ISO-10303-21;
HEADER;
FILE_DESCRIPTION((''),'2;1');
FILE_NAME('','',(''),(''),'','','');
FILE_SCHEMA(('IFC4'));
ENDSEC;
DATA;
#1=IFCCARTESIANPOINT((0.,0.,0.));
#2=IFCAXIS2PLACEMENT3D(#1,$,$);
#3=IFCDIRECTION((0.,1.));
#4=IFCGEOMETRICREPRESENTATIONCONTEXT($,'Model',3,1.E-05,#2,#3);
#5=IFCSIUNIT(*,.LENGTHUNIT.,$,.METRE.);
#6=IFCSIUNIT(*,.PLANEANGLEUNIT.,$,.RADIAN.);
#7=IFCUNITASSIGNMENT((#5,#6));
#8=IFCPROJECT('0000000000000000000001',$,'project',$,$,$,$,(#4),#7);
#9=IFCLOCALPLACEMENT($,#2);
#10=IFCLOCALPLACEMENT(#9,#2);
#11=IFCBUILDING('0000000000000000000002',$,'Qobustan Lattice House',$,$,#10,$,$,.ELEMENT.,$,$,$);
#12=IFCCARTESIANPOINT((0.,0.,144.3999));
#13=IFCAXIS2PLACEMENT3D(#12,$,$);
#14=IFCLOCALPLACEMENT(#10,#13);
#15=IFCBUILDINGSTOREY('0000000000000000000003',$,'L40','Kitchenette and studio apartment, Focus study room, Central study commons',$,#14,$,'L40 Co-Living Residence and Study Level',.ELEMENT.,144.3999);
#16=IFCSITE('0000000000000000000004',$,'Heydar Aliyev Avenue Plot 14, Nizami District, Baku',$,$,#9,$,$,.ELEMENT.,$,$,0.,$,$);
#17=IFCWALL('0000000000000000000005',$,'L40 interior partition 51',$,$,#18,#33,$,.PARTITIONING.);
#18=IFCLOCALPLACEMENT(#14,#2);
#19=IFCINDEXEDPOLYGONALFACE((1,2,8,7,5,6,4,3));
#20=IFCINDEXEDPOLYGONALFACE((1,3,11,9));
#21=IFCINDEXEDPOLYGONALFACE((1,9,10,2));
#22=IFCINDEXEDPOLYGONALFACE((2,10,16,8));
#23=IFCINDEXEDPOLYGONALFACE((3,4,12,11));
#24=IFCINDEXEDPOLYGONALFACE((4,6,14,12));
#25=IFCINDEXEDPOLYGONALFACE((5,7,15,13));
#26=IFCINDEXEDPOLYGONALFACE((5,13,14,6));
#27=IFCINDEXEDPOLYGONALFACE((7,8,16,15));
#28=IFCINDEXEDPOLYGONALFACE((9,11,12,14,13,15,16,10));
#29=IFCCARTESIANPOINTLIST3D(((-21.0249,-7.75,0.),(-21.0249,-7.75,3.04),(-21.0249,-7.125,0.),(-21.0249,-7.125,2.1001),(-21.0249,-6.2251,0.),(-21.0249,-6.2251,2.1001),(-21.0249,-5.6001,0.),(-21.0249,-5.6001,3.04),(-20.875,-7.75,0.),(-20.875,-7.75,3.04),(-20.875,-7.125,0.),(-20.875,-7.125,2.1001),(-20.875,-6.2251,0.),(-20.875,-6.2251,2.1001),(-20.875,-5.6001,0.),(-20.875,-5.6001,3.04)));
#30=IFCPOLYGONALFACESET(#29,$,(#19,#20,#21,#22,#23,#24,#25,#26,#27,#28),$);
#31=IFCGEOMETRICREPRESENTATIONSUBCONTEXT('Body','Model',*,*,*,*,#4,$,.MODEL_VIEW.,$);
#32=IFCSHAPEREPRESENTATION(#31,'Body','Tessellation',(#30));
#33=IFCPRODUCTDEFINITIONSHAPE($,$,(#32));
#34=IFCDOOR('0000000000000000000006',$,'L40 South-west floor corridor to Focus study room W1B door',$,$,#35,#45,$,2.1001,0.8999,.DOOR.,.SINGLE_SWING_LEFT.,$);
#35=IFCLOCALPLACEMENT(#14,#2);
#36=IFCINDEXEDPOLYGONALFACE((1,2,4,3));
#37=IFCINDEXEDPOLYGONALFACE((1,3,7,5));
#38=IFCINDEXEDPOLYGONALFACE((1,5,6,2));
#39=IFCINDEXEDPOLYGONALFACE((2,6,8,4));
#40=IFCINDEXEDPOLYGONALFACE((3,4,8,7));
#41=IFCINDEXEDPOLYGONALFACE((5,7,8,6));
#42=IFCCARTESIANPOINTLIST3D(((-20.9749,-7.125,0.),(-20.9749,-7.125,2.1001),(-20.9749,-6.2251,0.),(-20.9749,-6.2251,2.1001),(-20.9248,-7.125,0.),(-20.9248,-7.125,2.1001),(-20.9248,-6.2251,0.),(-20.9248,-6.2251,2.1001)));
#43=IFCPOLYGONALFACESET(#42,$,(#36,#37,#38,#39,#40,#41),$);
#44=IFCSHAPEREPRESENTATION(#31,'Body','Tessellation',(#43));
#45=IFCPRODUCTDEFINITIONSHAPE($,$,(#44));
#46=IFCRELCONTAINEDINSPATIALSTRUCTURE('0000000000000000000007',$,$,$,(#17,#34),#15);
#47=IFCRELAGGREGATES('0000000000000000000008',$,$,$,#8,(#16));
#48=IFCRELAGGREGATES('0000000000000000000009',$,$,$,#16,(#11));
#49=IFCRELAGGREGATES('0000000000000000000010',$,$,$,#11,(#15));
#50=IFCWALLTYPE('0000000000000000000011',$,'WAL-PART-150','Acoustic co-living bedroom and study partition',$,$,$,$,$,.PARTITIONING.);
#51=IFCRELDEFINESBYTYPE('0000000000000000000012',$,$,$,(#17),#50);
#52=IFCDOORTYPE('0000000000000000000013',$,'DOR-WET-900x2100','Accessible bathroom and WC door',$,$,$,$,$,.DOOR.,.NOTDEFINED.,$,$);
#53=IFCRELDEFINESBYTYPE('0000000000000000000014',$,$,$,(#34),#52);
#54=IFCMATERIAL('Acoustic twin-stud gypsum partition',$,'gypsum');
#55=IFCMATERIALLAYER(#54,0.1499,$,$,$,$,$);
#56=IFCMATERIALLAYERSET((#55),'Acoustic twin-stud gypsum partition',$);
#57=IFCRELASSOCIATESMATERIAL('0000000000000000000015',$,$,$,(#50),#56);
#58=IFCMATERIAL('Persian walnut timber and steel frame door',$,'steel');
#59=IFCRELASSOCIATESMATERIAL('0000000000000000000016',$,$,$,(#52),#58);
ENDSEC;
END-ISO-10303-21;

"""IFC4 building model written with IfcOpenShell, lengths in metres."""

from ifc_helpers import new_model, si_unit, direction, frame, frame_2d, origin, place, context, subcontext, project, spatial, rectangle, extrude, material, layer, layer_set, type_object, element, fill, save


model = new_model("IFC4")

# Units and contexts
model_context = context("Model", 3, precision=1e-05, world=origin(), true_north=direction((0.0, 1.0)))
body_context = subcontext(model_context, "Body", "Model", "MODEL_VIEW")
ifc_project = project(units=[si_unit("LENGTHUNIT", "METRE"), si_unit("PLANEANGLEUNIT", "RADIAN")], contexts=[model_context])

# Site, building, storey
site_placement = place(None, origin())
site = spatial("IfcSite", under=ifc_project, at=site_placement, Name="Heydar Aliyev Avenue Plot 14, Nizami District, Baku", CompositionType="ELEMENT", RefElevation=0.0)
building_placement = place(site_placement, origin())
building = spatial("IfcBuilding", under=site, at=building_placement, Name="Qobustan Lattice House", CompositionType="ELEMENT")
storey_placement = place(building_placement, frame((0.0, 0.0, 144.3999)))
storey = spatial("IfcBuildingStorey", under=building, at=storey_placement, Name="L40", Description="Kitchenette and studio apartment, Focus study room, Central study commons", LongName="L40 Co-Living Residence and Study Level", CompositionType="ELEMENT", Elevation=144.3999)

# Wall, opening, door
ifc_material_1 = material(Name="Acoustic twin-stud gypsum partition", Category="gypsum")
ifc_layer_1 = layer(ifc_material_1, 0.1499)
ifc_layer_set_1 = layer_set([ifc_layer_1], Name="Acoustic twin-stud gypsum partition")
wall_type_1 = type_object("IfcWallType", Name="WAL-PART-150", Description="Acoustic co-living bedroom and study partition", PredefinedType="PARTITIONING", material=ifc_layer_set_1)
wall_1_placement = place(storey_placement, frame((-20.95, -7.75, 0.0), z_axis=(0.0, 0.0, 1.0), x_axis=(0.0, 1.0, 0.0)))
wall_1 = element("IfcWall", 1, at=wall_1_placement, inside=storey, type_object=wall_type_1, Name="L40 interior partition 51", PredefinedType="PARTITIONING", context=body_context, shape_type="SweptSolid", body=[
    extrude(rectangle(XDim=2.1499, YDim=0.1499, at=frame_2d((1.075, 0.0))), origin(), (0.0, 0.0, 1.0), 3.04),
])
opening_1_placement = place(wall_1_placement, frame((0.625, 0.0, 0.0)))
opening_1 = element("IfcOpeningElement", 2, at=opening_1_placement, cuts=wall_1, PredefinedType="OPENING", context=body_context, shape_type="SweptSolid", body=[
    extrude(rectangle(XDim=0.8999, YDim=2.1001, at=frame_2d((0.45, 1.05))), frame((0.0, 0.085, 0.0), z_axis=(0.0, -1.0, 0.0), x_axis=(1.0, 0.0, 0.0)), (0.0, 0.0, 1.0), 0.1699),
])
ifc_material_2 = material(Name="Persian walnut timber and steel frame door", Category="steel")
door_type = type_object("IfcDoorType", Name="DOR-WET-900x2100", Description="Accessible bathroom and WC door", OperationType="NOTDEFINED", PredefinedType="DOOR", material=ifc_material_2)
door_placement = place(opening_1_placement, origin())
door = element("IfcDoor", 3, at=door_placement, inside=storey, type_object=door_type, Name="L40 South-west floor corridor to Focus study room W1B door", OperationType="SINGLE_SWING_LEFT", OverallHeight=2.1001, OverallWidth=0.8999, PredefinedType="DOOR", context=body_context, shape_type="SweptSolid", body=[
    extrude(rectangle(XDim=0.8999, YDim=2.1001, at=frame_2d((0.45, 1.05))), frame((0.0, 0.0249, 0.0), z_axis=(0.0, -1.0, 0.0), x_axis=(1.0, 0.0, 0.0)), (0.0, 0.0, 1.0), 0.05),
])
fill(opening_1, door)

save(model, "model.ifc")
